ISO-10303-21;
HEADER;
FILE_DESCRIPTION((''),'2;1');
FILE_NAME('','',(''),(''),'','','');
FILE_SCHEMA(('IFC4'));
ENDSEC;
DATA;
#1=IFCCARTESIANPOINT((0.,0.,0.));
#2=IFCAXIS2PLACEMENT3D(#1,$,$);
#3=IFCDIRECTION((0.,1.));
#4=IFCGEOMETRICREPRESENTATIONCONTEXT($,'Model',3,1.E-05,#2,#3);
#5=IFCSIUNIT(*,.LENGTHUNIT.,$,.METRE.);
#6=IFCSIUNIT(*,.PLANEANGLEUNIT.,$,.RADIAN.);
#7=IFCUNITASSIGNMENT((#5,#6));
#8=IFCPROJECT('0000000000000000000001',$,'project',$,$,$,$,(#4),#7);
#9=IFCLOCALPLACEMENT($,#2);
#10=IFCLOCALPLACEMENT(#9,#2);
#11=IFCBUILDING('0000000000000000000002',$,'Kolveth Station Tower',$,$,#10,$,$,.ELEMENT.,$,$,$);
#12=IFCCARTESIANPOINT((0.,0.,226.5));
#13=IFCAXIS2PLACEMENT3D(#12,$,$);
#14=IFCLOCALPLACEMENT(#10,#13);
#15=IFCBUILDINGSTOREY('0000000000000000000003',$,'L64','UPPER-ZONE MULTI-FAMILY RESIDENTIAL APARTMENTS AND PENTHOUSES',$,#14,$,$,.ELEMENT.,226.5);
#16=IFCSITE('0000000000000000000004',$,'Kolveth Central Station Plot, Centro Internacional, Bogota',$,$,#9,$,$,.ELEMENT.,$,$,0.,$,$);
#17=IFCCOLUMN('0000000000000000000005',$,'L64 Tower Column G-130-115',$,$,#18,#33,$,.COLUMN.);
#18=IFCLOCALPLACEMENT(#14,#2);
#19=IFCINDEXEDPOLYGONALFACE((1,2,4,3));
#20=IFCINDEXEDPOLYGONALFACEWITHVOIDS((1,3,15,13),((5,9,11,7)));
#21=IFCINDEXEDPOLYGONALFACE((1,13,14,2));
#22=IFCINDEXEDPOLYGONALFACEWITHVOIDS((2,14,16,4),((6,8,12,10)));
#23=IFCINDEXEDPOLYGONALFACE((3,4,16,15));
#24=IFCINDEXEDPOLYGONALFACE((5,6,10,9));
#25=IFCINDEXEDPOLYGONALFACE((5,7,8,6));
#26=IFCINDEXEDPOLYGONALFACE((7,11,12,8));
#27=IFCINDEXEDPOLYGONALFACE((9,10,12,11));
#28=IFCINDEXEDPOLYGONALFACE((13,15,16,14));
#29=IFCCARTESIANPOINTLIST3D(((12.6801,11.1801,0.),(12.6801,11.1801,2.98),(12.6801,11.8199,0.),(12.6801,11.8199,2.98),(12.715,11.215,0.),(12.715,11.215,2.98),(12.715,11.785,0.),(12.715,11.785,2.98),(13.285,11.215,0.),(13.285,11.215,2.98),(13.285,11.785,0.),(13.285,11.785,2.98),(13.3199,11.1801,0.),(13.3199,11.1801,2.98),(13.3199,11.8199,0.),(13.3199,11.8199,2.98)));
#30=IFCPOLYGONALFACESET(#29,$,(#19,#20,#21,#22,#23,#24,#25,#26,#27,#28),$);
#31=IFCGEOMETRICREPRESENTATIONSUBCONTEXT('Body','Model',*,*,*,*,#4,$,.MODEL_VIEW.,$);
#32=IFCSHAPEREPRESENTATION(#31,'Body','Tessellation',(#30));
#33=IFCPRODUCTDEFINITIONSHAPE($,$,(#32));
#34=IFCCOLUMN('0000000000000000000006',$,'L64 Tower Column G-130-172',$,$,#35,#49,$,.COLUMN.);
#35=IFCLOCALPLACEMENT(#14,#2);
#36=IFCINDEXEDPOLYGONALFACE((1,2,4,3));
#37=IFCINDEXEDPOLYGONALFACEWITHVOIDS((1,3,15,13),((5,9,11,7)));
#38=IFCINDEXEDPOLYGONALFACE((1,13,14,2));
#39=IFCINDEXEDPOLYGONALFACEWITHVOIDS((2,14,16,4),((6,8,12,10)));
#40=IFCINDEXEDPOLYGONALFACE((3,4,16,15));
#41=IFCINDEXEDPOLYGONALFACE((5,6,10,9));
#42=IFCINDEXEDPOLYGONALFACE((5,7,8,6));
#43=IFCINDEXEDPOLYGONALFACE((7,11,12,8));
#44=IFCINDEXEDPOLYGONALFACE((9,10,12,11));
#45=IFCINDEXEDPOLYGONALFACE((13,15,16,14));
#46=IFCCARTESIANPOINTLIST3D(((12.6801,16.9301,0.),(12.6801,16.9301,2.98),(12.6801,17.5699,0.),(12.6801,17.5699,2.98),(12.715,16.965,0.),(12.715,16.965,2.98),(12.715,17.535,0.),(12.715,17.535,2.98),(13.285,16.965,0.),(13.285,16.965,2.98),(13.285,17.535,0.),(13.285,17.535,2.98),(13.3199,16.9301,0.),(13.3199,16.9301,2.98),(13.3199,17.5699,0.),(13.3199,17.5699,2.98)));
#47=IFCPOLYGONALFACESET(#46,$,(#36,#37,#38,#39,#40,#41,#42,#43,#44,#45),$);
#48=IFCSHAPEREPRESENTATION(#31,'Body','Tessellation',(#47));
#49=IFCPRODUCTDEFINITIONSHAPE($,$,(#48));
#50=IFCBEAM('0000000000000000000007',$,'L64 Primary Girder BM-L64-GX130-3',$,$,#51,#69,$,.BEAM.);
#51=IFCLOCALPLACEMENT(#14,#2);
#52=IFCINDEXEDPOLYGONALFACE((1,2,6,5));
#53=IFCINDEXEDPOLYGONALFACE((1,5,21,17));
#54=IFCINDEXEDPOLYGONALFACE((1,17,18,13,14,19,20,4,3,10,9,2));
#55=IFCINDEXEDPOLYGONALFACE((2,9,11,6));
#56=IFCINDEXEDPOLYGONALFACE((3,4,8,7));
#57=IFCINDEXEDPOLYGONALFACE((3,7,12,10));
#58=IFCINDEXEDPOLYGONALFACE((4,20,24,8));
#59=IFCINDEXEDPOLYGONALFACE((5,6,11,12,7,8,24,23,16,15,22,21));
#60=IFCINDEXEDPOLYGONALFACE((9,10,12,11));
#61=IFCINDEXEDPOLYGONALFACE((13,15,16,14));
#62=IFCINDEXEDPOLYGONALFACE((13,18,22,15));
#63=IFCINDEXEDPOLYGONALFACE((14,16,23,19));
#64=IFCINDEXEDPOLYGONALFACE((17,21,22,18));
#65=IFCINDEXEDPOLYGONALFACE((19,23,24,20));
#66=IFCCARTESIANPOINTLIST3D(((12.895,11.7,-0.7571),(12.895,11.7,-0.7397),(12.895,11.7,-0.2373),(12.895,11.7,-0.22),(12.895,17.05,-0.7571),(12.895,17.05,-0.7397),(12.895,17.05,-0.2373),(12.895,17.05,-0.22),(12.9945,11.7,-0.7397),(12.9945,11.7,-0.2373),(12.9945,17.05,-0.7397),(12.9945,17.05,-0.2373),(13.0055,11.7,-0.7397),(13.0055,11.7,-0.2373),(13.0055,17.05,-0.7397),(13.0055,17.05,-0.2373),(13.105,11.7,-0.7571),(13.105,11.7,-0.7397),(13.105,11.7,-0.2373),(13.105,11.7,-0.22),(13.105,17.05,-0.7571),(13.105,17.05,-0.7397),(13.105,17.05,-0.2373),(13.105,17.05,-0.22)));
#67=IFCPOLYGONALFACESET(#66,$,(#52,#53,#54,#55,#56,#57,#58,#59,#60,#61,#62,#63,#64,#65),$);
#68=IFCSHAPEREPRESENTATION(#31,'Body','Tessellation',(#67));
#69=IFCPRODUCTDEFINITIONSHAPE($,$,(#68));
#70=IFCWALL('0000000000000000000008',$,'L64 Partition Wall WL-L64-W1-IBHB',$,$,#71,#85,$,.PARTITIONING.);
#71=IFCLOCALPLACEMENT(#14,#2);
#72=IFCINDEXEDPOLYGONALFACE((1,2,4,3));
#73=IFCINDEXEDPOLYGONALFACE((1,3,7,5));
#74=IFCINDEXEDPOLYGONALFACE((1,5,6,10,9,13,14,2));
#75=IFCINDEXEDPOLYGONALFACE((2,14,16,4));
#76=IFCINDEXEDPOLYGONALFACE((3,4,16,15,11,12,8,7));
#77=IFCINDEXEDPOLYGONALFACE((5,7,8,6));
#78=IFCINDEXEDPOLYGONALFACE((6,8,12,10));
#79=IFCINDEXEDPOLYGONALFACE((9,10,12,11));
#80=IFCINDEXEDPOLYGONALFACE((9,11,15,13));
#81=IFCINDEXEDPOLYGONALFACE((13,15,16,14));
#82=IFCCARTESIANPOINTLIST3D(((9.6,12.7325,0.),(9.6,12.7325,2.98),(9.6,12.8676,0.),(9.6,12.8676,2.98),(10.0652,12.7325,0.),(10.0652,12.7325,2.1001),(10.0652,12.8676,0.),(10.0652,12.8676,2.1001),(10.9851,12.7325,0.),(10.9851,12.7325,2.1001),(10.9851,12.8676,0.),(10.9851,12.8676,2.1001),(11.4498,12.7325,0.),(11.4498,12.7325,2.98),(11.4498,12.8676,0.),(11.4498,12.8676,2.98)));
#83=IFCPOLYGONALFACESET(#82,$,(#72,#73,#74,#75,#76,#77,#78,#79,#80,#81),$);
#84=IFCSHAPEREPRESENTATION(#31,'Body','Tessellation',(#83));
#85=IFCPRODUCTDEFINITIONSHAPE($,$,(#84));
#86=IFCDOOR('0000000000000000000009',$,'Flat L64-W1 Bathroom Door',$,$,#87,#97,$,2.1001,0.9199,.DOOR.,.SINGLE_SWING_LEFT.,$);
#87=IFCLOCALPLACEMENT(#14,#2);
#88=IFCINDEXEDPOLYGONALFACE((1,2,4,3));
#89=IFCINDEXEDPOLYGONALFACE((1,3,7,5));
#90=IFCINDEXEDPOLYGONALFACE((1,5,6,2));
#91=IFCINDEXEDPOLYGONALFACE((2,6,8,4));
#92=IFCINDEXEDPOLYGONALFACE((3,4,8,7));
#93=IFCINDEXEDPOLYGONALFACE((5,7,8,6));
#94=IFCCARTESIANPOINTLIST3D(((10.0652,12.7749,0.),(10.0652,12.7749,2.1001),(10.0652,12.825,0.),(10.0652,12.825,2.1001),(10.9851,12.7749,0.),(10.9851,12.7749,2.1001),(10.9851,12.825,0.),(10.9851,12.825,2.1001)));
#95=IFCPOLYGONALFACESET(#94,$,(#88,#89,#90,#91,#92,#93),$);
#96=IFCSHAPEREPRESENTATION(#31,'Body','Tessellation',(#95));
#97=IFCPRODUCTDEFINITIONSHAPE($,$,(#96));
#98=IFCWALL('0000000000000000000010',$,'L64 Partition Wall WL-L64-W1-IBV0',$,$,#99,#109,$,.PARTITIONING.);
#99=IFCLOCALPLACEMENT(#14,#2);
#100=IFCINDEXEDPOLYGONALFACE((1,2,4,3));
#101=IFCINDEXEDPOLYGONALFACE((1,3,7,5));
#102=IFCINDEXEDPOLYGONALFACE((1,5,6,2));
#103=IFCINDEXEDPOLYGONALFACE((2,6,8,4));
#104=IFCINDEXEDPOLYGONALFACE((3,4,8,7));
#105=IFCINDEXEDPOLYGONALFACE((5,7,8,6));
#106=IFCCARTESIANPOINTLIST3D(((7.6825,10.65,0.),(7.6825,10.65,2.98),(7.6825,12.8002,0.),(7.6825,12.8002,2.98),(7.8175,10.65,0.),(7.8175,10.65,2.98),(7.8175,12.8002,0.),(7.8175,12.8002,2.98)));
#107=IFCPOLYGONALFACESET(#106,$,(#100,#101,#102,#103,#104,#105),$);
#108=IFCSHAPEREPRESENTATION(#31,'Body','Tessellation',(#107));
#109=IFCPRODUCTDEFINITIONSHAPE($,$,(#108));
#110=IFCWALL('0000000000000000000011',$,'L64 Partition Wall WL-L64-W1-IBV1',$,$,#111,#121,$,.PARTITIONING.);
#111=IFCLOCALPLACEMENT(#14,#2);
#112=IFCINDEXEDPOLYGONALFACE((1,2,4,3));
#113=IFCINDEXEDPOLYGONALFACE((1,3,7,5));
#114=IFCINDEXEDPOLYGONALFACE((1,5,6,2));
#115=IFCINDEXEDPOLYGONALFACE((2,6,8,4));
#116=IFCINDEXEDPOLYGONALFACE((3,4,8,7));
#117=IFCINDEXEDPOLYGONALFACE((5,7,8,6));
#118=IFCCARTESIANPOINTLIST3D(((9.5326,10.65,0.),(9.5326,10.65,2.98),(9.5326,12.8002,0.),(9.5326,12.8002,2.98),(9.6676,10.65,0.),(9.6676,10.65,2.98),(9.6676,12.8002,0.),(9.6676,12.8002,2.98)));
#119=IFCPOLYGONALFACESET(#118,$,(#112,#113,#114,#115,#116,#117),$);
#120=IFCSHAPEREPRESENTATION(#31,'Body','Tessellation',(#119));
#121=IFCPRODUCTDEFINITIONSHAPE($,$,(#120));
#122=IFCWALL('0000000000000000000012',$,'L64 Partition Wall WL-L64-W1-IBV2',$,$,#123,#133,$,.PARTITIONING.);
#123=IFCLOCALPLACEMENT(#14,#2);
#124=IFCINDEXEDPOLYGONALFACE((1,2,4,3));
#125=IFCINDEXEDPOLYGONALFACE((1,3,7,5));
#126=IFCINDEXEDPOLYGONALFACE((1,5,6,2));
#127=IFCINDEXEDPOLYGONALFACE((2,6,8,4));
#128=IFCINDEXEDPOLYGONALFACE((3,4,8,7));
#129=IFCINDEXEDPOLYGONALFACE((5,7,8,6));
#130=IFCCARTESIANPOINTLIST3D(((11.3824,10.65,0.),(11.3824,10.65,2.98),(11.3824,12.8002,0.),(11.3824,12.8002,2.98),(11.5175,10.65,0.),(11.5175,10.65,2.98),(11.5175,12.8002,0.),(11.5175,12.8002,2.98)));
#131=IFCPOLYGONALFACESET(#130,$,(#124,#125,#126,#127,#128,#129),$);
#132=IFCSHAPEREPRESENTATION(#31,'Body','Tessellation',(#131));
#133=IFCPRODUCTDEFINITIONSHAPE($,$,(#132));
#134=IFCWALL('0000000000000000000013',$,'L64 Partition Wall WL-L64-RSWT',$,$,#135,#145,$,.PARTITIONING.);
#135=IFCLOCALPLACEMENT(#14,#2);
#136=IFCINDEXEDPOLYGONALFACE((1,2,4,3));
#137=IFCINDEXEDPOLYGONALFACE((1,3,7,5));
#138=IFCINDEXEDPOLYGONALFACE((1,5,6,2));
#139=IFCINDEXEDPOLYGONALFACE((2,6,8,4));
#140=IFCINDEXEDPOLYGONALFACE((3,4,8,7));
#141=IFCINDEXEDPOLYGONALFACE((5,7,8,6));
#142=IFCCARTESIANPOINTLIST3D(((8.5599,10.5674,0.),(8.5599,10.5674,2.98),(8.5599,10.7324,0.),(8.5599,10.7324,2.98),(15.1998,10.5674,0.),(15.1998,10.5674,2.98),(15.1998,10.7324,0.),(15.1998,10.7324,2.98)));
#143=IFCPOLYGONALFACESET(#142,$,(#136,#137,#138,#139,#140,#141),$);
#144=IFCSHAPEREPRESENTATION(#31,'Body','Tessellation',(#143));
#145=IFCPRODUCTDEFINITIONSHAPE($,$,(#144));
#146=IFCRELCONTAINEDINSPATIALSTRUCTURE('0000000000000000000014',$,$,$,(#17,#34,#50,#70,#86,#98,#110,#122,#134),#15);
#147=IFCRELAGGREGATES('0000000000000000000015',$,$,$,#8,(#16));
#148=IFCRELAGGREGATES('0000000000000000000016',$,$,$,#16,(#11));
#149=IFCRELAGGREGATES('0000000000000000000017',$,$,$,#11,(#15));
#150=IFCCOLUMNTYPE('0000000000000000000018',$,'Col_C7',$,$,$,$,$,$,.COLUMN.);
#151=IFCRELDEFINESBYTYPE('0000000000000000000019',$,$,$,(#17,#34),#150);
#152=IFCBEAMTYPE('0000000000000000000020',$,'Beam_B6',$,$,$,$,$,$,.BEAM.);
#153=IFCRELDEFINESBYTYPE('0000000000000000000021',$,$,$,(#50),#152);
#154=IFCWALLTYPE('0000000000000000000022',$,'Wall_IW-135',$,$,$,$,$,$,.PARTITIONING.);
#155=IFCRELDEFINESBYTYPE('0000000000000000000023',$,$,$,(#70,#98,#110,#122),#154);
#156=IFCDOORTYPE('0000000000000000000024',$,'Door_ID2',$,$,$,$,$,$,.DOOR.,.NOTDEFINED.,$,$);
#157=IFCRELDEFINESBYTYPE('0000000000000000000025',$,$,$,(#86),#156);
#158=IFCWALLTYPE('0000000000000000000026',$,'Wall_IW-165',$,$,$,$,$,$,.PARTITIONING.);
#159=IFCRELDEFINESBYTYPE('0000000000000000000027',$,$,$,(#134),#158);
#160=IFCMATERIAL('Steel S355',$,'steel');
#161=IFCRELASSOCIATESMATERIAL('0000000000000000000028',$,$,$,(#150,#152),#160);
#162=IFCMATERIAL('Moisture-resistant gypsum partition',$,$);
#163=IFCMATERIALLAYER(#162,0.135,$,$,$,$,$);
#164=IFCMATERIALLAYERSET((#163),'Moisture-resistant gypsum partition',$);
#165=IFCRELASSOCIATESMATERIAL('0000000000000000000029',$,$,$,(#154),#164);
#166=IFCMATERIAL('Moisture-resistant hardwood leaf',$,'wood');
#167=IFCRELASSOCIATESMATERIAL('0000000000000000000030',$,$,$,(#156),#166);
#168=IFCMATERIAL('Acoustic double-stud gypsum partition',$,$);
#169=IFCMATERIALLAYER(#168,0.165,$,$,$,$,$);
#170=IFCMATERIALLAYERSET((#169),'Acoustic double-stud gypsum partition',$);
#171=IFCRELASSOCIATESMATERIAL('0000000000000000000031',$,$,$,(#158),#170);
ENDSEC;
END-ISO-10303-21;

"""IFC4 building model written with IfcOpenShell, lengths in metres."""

from ifc_helpers import new_model, si_unit, direction, frame, frame_2d, origin, origin_2d, place, context, subcontext, project, spatial, rectangle, hollow_rectangle, i_section, extrude, source, transform, mapped, material, layer, layer_set, material_profile, profile_set, type_object, element, fill, save


model = new_model("IFC4")

# Units and contexts
model_context = context("Model", 3, precision=1e-05, world=origin(), true_north=direction((0.0, 1.0)))
body_context = subcontext(model_context, "Body", "Model", "MODEL_VIEW")
ifc_project = project(units=[si_unit("LENGTHUNIT", "METRE"), si_unit("PLANEANGLEUNIT", "RADIAN")], contexts=[model_context])

# Site, building, storey
site_placement = place(None, origin())
site = spatial("IfcSite", under=ifc_project, at=site_placement, Name="Kolveth Central Station Plot, Centro Internacional, Bogota", CompositionType="ELEMENT", RefElevation=0.0)
building_placement = place(site_placement, origin())
building = spatial("IfcBuilding", under=site, at=building_placement, Name="Kolveth Station Tower", CompositionType="ELEMENT")
storey_placement = place(building_placement, frame((0.0, 0.0, 226.5)))
storey = spatial("IfcBuildingStorey", under=building, at=storey_placement, Name="L64", Description="UPPER-ZONE MULTI-FAMILY RESIDENTIAL APARTMENTS AND PENTHOUSES", CompositionType="ELEMENT", Elevation=226.5)

# Columns
ifc_material_1 = material(Name="Steel S355", Category="steel")
ifc_material_profile_1 = material_profile(ifc_material_1, hollow_rectangle(XDim=0.6399, YDim=0.6399, WallThickness=0.0349, at=origin_2d()), Name="BOX640x640x35")
ifc_profile_set_1 = profile_set([ifc_material_profile_1], Name="Steel S355")
column_type = type_object("IfcColumnType", Name="Col_C7", PredefinedType="COLUMN", material=ifc_profile_set_1)
shared_shape_1 = source(origin(), body_context, "Body", "SweptSolid", [
    extrude(hollow_rectangle(XDim=0.6399, YDim=0.6399, WallThickness=0.0349, at=origin_2d()), origin(), (0.0, 0.0, 1.0), 2.98),
])
for number, where, z_axis, x_axis, name in (
    (1, (13.0, 11.5, 0.0), (0.0, 0.0, 1.0), (1.0, 0.0, 0.0), "L64 Tower Column G-130-115"),
    (2, (13.0, 17.25, 0.0), (0.0, 0.0, 1.0), (1.0, 0.0, 0.0), "L64 Tower Column G-130-172"),
):
    element("IfcColumn", number, at=place(storey_placement, frame(where, z_axis=z_axis, x_axis=x_axis)), inside=storey, type_object=column_type, Name=name, PredefinedType="COLUMN", context=body_context, shape_type="MappedRepresentation", body=[
        mapped(shared_shape_1, transform((0.0, 0.0, 0.0), x_axis=(1.0, 0.0, 0.0), y_axis=(0.0, 1.0, 0.0), z_axis=(0.0, 0.0, 1.0), scale=1.0)),
    ])

# Beam
ifc_material_profile_2 = material_profile(ifc_material_1, i_section(OverallWidth=0.21, OverallDepth=0.5371, WebThickness=0.011, FlangeThickness=0.0173, at=origin_2d()), Name="W530x101")
ifc_profile_set_2 = profile_set([ifc_material_profile_2], Name="Steel S355")
beam_type = type_object("IfcBeamType", Name="Beam_B6", PredefinedType="BEAM", material=ifc_profile_set_2)
shared_shape_2 = source(origin(), body_context, "Body", "SweptSolid", [
    extrude(i_section(OverallWidth=0.21, OverallDepth=0.5371, WebThickness=0.011, FlangeThickness=0.0173, at=origin_2d()), origin(), (0.0, 0.0, 1.0), 5.3501),
])
beam_placement = place(storey_placement, frame((13.0, 11.7, -0.4885), z_axis=(0.0, 1.0, 0.0), x_axis=(-1.0, 0.0, 0.0)))
element("IfcBeam", 3, at=beam_placement, inside=storey, type_object=beam_type, Name="L64 Primary Girder BM-L64-GX130-3", PredefinedType="BEAM", context=body_context, shape_type="MappedRepresentation", body=[
    mapped(shared_shape_2, transform((0.0, 0.0, 0.0), x_axis=(1.0, 0.0, 0.0), y_axis=(0.0, 1.0, 0.0), z_axis=(0.0, 0.0, 1.0), scale=1.0)),
])

# Wall, opening, door
ifc_material_2 = material(Name="Moisture-resistant gypsum partition")
ifc_layer_1 = layer(ifc_material_2, 0.135)
ifc_layer_set_1 = layer_set([ifc_layer_1], Name="Moisture-resistant gypsum partition")
wall_type_1 = type_object("IfcWallType", Name="Wall_IW-135", PredefinedType="PARTITIONING", material=ifc_layer_set_1)
wall_1_placement = place(storey_placement, frame((9.6001, 12.8, 0.0), z_axis=(0.0, 0.0, 1.0), x_axis=(1.0, 0.0, 0.0)))
wall_1 = element("IfcWall", 4, at=wall_1_placement, inside=storey, type_object=wall_type_1, Name="L64 Partition Wall WL-L64-W1-IBHB", PredefinedType="PARTITIONING", context=body_context, shape_type="SweptSolid", body=[
    extrude(rectangle(XDim=1.8499, YDim=0.135, at=frame_2d((0.9248, 0.0))), origin(), (0.0, 0.0, 1.0), 2.98),
])
opening_1_placement = place(wall_1_placement, frame((0.4651, 0.0, 0.0)))
opening_1 = element("IfcOpeningElement", 5, at=opening_1_placement, cuts=wall_1, PredefinedType="OPENING", context=body_context, shape_type="SweptSolid", body=[
    extrude(rectangle(XDim=0.9199, YDim=2.1001, at=frame_2d((0.46, 1.05))), frame((0.0, 0.0774, 0.0), z_axis=(0.0, -1.0, 0.0), x_axis=(1.0, 0.0, 0.0)), (0.0, 0.0, 1.0), 0.155),
])
ifc_material_3 = material(Name="Moisture-resistant hardwood leaf", Category="wood")
door_type_1 = type_object("IfcDoorType", Name="Door_ID2", OperationType="NOTDEFINED", PredefinedType="DOOR", material=ifc_material_3)
door_1_placement = place(opening_1_placement, origin())
door_1 = element("IfcDoor", 6, at=door_1_placement, inside=storey, type_object=door_type_1, Name="Flat L64-W1 Bathroom Door", OperationType="SINGLE_SWING_LEFT", OverallHeight=2.1001, OverallWidth=0.9199, PredefinedType="DOOR", context=body_context, shape_type="SweptSolid", body=[
    extrude(rectangle(XDim=0.9199, YDim=2.1001, at=frame_2d((0.46, 1.05))), frame((0.0, 0.0249, 0.0), z_axis=(0.0, -1.0, 0.0), x_axis=(1.0, 0.0, 0.0)), (0.0, 0.0, 1.0), 0.05),
])
fill(opening_1, door_1)

# Walls
for number, where, z_axis, x_axis, name in (
    (7, (7.75, 10.6499, 0.0), (0.0, 0.0, 1.0), (0.0, 1.0, 0.0), "L64 Partition Wall WL-L64-W1-IBV0"),
    (8, (9.6001, 10.6499, 0.0), (0.0, 0.0, 1.0), (0.0, 1.0, 0.0), "L64 Partition Wall WL-L64-W1-IBV1"),
    (9, (11.45, 10.6499, 0.0), (0.0, 0.0, 1.0), (0.0, 1.0, 0.0), "L64 Partition Wall WL-L64-W1-IBV2"),
):
    element("IfcWall", number, at=place(storey_placement, frame(where, z_axis=z_axis, x_axis=x_axis)), inside=storey, type_object=wall_type_1, Name=name, PredefinedType="PARTITIONING", context=body_context, shape_type="SweptSolid", body=[
        extrude(rectangle(XDim=2.1501, YDim=0.135, at=frame_2d((1.0752, 0.0))), origin(), (0.0, 0.0, 1.0), 2.98),
    ])
ifc_material_4 = material(Name="Acoustic double-stud gypsum partition")
ifc_layer_2 = layer(ifc_material_4, 0.165)
ifc_layer_set_2 = layer_set([ifc_layer_2], Name="Acoustic double-stud gypsum partition")
wall_type_2 = type_object("IfcWallType", Name="Wall_IW-165", PredefinedType="PARTITIONING", material=ifc_layer_set_2)
wall_2_placement = place(storey_placement, frame((8.5601, 10.6499, 0.0), z_axis=(0.0, 0.0, 1.0), x_axis=(1.0, 0.0, 0.0)))
element("IfcWall", 10, at=wall_2_placement, inside=storey, type_object=wall_type_2, Name="L64 Partition Wall WL-L64-RSWT", PredefinedType="PARTITIONING", context=body_context, shape_type="SweptSolid", body=[
    extrude(rectangle(XDim=6.6399, YDim=0.165, at=frame_2d((3.3198, 0.0))), origin(), (0.0, 0.0, 1.0), 2.98),
])

save(model, "model.ifc")
